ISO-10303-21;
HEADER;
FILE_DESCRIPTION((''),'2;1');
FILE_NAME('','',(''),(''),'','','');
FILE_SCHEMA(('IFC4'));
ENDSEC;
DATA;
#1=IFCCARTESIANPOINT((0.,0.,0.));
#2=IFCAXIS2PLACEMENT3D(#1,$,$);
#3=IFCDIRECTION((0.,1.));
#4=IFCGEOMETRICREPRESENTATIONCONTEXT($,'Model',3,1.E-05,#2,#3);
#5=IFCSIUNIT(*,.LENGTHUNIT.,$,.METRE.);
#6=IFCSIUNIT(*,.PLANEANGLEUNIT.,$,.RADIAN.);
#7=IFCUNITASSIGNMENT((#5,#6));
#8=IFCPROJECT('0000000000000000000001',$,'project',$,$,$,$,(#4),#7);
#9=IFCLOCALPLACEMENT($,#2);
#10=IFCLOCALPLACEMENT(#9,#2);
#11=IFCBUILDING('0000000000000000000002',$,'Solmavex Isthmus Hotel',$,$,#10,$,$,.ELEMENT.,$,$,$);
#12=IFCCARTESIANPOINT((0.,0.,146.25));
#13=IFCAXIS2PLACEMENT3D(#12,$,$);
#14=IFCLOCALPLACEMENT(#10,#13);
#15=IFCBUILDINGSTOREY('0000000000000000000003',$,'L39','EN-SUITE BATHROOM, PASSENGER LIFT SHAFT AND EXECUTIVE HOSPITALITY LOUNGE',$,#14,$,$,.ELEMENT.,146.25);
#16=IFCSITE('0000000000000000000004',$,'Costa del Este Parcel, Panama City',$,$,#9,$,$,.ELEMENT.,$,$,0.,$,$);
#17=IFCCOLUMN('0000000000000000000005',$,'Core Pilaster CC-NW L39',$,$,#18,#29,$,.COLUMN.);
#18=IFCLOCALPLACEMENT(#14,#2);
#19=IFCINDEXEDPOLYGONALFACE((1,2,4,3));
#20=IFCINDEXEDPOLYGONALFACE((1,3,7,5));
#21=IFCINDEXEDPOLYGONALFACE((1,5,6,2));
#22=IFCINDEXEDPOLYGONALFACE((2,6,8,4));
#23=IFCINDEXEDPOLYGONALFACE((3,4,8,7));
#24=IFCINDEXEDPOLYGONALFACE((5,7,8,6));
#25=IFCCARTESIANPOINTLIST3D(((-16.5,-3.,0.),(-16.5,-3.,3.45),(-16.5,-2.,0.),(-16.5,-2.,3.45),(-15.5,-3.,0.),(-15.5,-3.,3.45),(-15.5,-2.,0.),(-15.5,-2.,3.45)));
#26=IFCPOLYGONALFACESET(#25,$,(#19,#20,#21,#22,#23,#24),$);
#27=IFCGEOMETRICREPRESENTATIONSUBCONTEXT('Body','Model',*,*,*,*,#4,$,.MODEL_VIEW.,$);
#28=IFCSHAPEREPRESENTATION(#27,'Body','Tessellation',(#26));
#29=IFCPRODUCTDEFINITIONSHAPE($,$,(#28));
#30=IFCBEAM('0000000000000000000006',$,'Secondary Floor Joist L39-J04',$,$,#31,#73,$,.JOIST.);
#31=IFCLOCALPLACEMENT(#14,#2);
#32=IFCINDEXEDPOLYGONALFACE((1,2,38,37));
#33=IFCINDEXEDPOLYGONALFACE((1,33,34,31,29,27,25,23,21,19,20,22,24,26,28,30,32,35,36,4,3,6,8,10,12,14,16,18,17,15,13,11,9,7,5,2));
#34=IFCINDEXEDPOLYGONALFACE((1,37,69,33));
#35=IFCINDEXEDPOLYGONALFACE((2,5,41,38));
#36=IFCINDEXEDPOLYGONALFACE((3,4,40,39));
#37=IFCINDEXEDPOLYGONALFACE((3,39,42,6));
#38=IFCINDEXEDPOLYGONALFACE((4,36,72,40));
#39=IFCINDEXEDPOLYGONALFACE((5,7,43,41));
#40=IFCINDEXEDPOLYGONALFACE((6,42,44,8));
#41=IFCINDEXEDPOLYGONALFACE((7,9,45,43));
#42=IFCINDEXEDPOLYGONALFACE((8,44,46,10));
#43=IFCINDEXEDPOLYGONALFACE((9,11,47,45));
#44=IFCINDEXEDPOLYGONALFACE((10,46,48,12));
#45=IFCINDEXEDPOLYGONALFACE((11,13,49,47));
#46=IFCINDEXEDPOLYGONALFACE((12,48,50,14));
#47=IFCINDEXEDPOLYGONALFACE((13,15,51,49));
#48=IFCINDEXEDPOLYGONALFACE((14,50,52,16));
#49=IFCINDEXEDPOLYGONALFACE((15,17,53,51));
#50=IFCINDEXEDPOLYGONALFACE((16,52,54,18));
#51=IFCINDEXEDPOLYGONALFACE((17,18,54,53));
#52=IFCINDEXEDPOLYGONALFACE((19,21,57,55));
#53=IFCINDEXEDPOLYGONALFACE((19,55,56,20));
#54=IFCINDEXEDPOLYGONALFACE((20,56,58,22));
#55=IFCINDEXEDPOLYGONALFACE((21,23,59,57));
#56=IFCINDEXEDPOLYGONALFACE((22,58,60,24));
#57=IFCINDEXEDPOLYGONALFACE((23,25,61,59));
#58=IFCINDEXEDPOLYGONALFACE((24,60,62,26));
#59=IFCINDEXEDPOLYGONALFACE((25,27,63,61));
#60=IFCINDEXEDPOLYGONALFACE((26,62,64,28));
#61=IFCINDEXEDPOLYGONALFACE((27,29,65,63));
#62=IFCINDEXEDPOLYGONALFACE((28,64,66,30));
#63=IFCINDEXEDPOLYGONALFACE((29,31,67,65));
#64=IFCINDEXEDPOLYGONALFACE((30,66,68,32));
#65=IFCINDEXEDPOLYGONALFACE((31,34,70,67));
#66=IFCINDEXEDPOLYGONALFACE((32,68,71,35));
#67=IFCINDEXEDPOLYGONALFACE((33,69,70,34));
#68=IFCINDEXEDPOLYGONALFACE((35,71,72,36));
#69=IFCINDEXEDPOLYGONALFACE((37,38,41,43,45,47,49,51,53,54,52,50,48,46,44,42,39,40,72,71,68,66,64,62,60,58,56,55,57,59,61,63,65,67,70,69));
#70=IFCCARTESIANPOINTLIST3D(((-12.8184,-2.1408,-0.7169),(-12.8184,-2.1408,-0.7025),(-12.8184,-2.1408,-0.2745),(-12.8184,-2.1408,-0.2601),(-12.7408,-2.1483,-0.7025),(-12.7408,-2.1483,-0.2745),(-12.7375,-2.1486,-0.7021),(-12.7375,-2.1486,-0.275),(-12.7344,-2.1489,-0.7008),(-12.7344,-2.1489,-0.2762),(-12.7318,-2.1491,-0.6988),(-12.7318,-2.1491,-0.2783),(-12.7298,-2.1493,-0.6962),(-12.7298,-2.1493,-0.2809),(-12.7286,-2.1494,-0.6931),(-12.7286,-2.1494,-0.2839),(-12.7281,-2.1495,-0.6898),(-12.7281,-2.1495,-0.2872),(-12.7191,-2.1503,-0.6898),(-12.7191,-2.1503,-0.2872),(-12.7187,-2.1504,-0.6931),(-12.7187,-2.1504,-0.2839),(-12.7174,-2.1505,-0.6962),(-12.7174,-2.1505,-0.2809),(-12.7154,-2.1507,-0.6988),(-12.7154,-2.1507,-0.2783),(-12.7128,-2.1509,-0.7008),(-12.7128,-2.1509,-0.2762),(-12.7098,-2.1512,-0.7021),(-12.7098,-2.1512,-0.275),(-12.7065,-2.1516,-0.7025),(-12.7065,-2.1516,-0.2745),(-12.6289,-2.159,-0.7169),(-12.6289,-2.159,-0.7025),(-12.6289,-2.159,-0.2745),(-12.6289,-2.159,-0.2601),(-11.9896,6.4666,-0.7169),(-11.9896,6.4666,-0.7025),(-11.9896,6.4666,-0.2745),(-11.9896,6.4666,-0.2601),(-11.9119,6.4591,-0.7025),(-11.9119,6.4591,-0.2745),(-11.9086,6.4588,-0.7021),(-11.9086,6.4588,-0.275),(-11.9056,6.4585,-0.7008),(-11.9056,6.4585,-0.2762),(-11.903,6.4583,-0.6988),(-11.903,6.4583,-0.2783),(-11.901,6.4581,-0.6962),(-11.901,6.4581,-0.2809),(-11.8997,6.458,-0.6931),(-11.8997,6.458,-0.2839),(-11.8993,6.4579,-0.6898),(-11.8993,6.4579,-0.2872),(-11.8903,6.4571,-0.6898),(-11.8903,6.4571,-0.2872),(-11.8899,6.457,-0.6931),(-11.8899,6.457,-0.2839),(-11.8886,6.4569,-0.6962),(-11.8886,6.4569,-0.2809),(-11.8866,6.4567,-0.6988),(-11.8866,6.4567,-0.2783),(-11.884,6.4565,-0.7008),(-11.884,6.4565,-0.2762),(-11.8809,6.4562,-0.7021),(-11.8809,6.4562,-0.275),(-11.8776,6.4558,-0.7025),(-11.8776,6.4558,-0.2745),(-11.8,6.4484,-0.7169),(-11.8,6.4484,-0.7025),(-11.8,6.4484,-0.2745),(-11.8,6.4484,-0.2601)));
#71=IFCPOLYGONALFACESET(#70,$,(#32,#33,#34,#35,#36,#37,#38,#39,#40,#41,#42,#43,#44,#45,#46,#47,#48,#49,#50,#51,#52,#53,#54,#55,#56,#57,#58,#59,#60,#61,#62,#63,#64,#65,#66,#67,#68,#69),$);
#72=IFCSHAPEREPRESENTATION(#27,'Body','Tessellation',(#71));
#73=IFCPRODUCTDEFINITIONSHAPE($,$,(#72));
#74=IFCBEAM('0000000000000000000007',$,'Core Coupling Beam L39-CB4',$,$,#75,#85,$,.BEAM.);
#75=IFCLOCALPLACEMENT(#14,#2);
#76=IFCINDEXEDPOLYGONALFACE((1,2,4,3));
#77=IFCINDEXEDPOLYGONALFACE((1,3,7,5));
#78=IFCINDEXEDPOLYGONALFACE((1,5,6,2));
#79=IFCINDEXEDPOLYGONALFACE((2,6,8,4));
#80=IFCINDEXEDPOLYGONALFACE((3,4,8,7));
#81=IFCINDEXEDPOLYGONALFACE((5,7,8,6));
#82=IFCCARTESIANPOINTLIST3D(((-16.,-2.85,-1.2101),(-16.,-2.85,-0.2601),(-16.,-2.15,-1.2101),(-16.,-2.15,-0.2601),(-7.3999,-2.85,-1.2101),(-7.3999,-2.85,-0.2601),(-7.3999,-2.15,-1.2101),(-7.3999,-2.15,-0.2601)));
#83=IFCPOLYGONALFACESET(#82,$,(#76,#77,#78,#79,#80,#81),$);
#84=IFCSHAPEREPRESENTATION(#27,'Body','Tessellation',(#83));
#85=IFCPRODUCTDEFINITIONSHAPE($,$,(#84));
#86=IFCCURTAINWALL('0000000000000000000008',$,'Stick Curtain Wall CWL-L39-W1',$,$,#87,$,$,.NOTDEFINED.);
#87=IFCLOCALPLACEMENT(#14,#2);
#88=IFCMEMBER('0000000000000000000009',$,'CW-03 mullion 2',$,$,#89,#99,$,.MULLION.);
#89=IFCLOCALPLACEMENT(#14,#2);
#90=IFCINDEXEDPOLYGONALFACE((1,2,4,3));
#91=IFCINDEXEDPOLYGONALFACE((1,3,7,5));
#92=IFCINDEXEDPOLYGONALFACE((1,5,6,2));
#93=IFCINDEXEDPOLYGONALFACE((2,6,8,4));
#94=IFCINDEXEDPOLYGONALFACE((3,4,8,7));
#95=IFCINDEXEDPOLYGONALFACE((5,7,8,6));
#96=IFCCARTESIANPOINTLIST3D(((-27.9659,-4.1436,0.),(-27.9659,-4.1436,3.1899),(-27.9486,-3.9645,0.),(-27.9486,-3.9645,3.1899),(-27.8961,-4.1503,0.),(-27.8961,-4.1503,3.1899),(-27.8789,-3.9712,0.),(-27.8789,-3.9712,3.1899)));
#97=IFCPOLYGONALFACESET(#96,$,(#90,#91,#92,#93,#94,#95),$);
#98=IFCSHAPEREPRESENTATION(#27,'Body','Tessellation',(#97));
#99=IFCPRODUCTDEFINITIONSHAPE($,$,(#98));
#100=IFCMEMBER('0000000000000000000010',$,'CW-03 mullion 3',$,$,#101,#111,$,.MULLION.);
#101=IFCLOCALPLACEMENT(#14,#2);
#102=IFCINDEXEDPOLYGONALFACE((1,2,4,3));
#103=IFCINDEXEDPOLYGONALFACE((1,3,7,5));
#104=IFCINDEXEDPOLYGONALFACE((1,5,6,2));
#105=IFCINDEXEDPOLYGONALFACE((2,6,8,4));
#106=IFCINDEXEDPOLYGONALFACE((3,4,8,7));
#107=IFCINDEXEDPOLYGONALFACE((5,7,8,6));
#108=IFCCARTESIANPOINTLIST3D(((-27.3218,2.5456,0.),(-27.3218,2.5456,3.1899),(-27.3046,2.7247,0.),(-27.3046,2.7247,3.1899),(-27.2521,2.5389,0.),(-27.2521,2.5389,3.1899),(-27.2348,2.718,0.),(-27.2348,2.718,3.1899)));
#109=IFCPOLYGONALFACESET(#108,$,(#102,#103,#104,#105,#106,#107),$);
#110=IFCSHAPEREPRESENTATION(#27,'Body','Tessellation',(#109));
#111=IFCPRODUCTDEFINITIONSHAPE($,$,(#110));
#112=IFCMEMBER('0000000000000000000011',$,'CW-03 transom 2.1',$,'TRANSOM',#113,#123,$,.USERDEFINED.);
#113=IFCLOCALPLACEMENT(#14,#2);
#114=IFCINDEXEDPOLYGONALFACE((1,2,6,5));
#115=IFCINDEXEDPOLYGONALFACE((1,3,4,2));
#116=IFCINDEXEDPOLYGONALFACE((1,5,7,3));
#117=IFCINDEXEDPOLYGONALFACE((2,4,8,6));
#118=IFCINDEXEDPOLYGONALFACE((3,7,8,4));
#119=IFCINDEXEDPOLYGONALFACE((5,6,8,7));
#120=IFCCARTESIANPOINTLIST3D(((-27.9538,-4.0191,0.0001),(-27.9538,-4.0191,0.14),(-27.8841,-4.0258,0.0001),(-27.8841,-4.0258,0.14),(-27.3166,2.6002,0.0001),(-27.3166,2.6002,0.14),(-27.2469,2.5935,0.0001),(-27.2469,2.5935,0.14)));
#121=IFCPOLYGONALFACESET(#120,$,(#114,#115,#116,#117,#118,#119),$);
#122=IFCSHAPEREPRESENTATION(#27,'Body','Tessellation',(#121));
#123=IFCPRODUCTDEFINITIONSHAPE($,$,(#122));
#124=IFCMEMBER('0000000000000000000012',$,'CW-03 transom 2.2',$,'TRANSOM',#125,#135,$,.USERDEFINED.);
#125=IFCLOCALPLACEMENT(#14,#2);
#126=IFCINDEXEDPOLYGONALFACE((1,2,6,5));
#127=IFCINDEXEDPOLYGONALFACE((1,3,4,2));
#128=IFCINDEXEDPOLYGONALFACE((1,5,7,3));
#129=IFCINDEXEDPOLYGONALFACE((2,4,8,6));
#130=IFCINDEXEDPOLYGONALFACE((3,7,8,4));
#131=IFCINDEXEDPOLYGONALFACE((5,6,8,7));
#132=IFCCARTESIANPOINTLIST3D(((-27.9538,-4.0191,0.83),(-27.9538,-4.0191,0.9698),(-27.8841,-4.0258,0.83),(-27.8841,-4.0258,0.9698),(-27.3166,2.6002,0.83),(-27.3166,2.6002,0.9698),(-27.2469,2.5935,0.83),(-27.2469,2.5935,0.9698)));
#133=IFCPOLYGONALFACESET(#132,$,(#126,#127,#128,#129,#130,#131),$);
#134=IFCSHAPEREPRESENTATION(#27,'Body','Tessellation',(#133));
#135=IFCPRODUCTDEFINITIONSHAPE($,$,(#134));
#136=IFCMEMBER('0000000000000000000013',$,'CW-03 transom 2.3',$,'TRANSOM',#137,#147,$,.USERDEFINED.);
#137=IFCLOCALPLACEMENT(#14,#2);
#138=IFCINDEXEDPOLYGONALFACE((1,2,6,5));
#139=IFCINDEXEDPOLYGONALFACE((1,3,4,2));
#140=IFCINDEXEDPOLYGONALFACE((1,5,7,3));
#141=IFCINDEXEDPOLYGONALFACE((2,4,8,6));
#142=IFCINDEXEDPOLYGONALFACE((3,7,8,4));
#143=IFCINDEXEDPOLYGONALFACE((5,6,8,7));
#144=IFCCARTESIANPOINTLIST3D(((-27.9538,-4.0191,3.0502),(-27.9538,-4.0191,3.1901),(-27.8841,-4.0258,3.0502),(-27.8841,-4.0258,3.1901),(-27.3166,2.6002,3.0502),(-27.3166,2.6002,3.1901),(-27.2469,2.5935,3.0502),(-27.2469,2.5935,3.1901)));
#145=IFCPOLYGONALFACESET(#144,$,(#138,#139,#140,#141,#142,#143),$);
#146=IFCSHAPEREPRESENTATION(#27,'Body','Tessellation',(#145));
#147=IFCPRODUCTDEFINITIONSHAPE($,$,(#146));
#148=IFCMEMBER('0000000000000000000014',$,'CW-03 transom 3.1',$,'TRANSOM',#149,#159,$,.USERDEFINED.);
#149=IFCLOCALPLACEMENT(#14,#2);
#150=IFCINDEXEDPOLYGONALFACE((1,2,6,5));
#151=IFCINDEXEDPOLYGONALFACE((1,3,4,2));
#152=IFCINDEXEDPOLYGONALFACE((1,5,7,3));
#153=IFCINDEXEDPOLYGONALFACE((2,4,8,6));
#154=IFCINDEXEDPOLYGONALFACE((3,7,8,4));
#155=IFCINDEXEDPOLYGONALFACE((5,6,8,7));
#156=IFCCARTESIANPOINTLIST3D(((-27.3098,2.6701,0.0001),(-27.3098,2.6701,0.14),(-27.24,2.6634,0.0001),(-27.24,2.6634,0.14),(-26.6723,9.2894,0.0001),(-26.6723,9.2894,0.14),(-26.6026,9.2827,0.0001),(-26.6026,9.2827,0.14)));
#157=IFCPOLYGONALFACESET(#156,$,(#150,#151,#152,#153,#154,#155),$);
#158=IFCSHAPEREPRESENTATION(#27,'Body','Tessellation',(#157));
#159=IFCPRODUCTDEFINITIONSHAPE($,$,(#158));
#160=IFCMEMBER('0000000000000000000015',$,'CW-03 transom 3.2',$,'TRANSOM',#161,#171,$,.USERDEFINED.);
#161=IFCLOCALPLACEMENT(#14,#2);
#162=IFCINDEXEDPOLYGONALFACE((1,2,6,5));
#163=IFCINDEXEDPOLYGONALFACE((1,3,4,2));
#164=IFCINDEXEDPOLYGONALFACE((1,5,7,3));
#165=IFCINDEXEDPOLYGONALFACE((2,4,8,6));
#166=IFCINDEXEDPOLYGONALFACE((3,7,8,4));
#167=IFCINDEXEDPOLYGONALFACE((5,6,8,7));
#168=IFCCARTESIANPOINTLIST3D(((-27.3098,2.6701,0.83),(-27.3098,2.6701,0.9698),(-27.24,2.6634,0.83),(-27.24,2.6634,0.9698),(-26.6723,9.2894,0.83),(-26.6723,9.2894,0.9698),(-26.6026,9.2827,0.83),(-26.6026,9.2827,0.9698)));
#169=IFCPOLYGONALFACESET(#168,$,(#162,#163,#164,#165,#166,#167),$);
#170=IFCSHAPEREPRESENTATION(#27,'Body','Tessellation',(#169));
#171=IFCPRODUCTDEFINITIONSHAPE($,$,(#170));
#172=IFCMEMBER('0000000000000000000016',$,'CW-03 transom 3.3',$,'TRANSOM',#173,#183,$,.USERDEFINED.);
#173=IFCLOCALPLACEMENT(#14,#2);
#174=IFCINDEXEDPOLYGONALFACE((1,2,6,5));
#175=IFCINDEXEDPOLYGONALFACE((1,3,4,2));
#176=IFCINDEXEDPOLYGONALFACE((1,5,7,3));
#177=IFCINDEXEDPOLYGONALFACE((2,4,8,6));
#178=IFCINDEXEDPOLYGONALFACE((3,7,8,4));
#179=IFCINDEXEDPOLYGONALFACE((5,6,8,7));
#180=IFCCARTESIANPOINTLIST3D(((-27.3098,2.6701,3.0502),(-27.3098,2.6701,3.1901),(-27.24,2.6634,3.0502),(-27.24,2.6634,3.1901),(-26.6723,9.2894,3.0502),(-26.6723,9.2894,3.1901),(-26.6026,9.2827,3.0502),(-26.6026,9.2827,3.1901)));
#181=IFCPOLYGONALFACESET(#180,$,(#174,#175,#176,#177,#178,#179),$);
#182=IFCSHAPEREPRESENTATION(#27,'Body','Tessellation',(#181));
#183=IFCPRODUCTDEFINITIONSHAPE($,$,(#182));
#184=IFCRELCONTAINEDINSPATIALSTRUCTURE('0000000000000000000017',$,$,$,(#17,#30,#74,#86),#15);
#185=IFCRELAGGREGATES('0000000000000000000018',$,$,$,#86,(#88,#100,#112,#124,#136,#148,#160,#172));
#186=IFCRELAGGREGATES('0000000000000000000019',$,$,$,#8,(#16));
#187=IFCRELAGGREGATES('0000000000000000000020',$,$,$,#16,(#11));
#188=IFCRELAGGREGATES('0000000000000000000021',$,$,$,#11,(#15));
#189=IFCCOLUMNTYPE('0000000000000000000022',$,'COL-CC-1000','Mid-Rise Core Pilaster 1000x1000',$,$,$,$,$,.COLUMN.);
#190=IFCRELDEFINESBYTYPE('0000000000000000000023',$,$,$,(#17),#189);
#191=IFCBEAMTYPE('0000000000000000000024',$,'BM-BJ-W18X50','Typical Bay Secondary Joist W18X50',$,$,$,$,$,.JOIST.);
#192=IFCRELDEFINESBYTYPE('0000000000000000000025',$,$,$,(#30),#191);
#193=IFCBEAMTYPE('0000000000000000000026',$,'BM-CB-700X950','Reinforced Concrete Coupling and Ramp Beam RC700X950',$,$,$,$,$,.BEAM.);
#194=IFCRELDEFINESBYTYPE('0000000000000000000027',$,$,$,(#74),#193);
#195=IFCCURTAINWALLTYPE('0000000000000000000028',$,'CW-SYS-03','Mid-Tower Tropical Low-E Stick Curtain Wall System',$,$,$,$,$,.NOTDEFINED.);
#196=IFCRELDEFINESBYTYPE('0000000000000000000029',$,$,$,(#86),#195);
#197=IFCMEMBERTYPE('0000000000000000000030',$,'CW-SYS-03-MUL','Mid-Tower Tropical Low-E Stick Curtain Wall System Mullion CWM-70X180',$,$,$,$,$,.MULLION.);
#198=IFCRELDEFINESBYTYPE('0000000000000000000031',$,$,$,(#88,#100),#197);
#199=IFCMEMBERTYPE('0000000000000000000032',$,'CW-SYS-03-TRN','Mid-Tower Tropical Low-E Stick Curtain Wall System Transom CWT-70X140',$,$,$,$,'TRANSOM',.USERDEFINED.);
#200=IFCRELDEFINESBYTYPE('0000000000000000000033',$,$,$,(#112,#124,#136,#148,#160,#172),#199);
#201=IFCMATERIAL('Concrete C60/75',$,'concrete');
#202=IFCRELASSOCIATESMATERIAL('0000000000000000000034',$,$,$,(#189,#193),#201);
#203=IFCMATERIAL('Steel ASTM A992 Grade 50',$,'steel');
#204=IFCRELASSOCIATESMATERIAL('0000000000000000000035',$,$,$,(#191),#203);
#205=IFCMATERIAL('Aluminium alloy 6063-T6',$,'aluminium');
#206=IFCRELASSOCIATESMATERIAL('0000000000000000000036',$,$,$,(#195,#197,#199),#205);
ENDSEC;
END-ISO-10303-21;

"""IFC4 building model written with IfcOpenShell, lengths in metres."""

from ifc_helpers import new_model, si_unit, direction, frame, origin, origin_2d, place, context, subcontext, project, spatial, rectangle, i_section, extrude, material, material_profile, profile_set, type_object, element, aggregate, save


model = new_model("IFC4")

# Units and contexts
model_context = context("Model", 3, precision=1e-05, world=origin(), true_north=direction((0.0, 1.0)))
body_context = subcontext(model_context, "Body", "Model", "MODEL_VIEW")
ifc_project = project(units=[si_unit("LENGTHUNIT", "METRE"), si_unit("PLANEANGLEUNIT", "RADIAN")], contexts=[model_context])

# Site, building, storey
site_placement = place(None, origin())
site = spatial("IfcSite", under=ifc_project, at=site_placement, Name="Costa del Este Parcel, Panama City", CompositionType="ELEMENT", RefElevation=0.0)
building_placement = place(site_placement, origin())
building = spatial("IfcBuilding", under=site, at=building_placement, Name="Solmavex Isthmus Hotel", CompositionType="ELEMENT")
storey_placement = place(building_placement, frame((0.0, 0.0, 146.25)))
storey = spatial("IfcBuildingStorey", under=building, at=storey_placement, Name="L39", Description="EN-SUITE BATHROOM, PASSENGER LIFT SHAFT AND EXECUTIVE HOSPITALITY LOUNGE", CompositionType="ELEMENT", Elevation=146.25)

# Column
ifc_material_1 = material(Name="Concrete C60/75", Category="concrete")
ifc_material_profile_1 = material_profile(ifc_material_1, rectangle(XDim=1.0, YDim=1.0, at=origin_2d()), Name="RC1000X1000")
ifc_profile_set_1 = profile_set([ifc_material_profile_1], Name="Concrete C60/75")
column_type = type_object("IfcColumnType", Name="COL-CC-1000", Description="Mid-Rise Core Pilaster 1000x1000", PredefinedType="COLUMN", material=ifc_profile_set_1)
column_placement = place(storey_placement, frame((-16.0, -2.5, 0.0), z_axis=(0.0, 0.0, 1.0), x_axis=(1.0, 0.0, 0.0)))
element("IfcColumn", 1, at=column_placement, inside=storey, type_object=column_type, Name="Core Pilaster CC-NW L39", PredefinedType="COLUMN", context=body_context, shape_type="SweptSolid", body=[
    extrude(rectangle(XDim=1.0, YDim=1.0, at=origin_2d()), origin(), (0.0, 0.0, 1.0), 3.45),
])

# Beams
ifc_material_2 = material(Name="Steel ASTM A992 Grade 50", Category="steel")
ifc_material_profile_2 = material_profile(ifc_material_2, i_section(OverallWidth=0.1904, OverallDepth=0.4568, WebThickness=0.009, FlangeThickness=0.0144, FilletRadius=0.0127, at=origin_2d()), Name="W18X50")
ifc_profile_set_2 = profile_set([ifc_material_profile_2], Name="Steel ASTM A992 Grade 50")
beam_type_1 = type_object("IfcBeamType", Name="BM-BJ-W18X50", Description="Typical Bay Secondary Joist W18X50", PredefinedType="JOIST", material=ifc_profile_set_2)
beam_1_placement = place(storey_placement, frame((-12.7236, -2.1499, -0.4885), z_axis=(0.095852, 0.995396, 0.0), x_axis=(-0.995396, 0.095852, 0.0)))
element("IfcBeam", 2, at=beam_1_placement, inside=storey, type_object=beam_type_1, Name="Secondary Floor Joist L39-J04", PredefinedType="JOIST", context=body_context, shape_type="SweptSolid", body=[
    extrude(i_section(OverallWidth=0.1904, OverallDepth=0.4568, WebThickness=0.009, FlangeThickness=0.0144, FilletRadius=0.0127, at=origin_2d()), origin(), (0.0, 0.0, 1.0), 8.6472),
])
ifc_material_profile_3 = material_profile(ifc_material_1, rectangle(XDim=0.7, YDim=0.95, at=origin_2d()), Name="RC700X950")
ifc_profile_set_3 = profile_set([ifc_material_profile_3], Name="Concrete C60/75")
beam_type_2 = type_object("IfcBeamType", Name="BM-CB-700X950", Description="Reinforced Concrete Coupling and Ramp Beam RC700X950", PredefinedType="BEAM", material=ifc_profile_set_3)
beam_2_placement = place(storey_placement, frame((-16.0, -2.5, -0.7351), z_axis=(1.0, 0.0, 0.0), x_axis=(0.0, 1.0, 0.0)))
element("IfcBeam", 3, at=beam_2_placement, inside=storey, type_object=beam_type_2, Name="Core Coupling Beam L39-CB4", PredefinedType="BEAM", context=body_context, shape_type="SweptSolid", body=[
    extrude(rectangle(XDim=0.7, YDim=0.95, at=origin_2d()), origin(), (0.0, 0.0, 1.0), 8.6001),
])

# Curtain wall, members
ifc_material_3 = material(Name="Aluminium alloy 6063-T6", Category="aluminium")
curtain_wall_type = type_object("IfcCurtainWallType", Name="CW-SYS-03", Description="Mid-Tower Tropical Low-E Stick Curtain Wall System", PredefinedType="NOTDEFINED", material=ifc_material_3)
curtain_wall_placement = place(storey_placement, origin())
curtain_wall = element("IfcCurtainWall", 4, at=curtain_wall_placement, inside=storey, type_object=curtain_wall_type, Name="Stick Curtain Wall CWL-L39-W1", PredefinedType="NOTDEFINED")
ifc_material_profile_4 = material_profile(ifc_material_3, rectangle(XDim=0.0701, YDim=0.1799, at=origin_2d()), Name="CWM-70X180")
ifc_profile_set_4 = profile_set([ifc_material_profile_4], Name="Aluminium alloy 6063-T6")
member_type_1 = type_object("IfcMemberType", Name="CW-SYS-03-MUL", Description="Mid-Tower Tropical Low-E Stick Curtain Wall System Mullion CWM-70X180", PredefinedType="MULLION", material=ifc_profile_set_4)
member_1_placement = place(storey_placement, frame((-27.9224, -4.0574, 0.0), z_axis=(0.0, 0.0, 1.0), x_axis=(-0.995396, 0.095846, 0.0)))
member_1 = element("IfcMember", 5, at=member_1_placement, type_object=member_type_1, Name="CW-03 mullion 2", PredefinedType="MULLION", context=body_context, shape_type="SweptSolid", body=[
    extrude(rectangle(XDim=0.0701, YDim=0.1799, at=origin_2d()), origin(), (0.0, 0.0, 1.0), 3.1899),
])
member_2_placement = place(storey_placement, frame((-27.2783, 2.6318, 0.0), z_axis=(0.0, 0.0, 1.0), x_axis=(-0.995396, 0.095846, 0.0)))
member_2 = element("IfcMember", 6, at=member_2_placement, type_object=member_type_1, Name="CW-03 mullion 3", PredefinedType="MULLION", context=body_context, shape_type="SweptSolid", body=[
    extrude(rectangle(XDim=0.0701, YDim=0.1799, at=origin_2d()), origin(), (0.0, 0.0, 1.0), 3.1899),
])
ifc_material_profile_5 = material_profile(ifc_material_3, rectangle(XDim=0.0701, YDim=0.1399, at=origin_2d()), Name="CWT-70X140")
ifc_profile_set_5 = profile_set([ifc_material_profile_5], Name="Aluminium alloy 6063-T6")
member_type_2 = type_object("IfcMemberType", Name="CW-SYS-03-TRN", Description="Mid-Tower Tropical Low-E Stick Curtain Wall System Transom CWT-70X140", ElementType="TRANSOM", PredefinedType="USERDEFINED", material=ifc_profile_set_5)
member_3_placement = place(storey_placement, frame((-27.9189, -4.0225, 0.0701), z_axis=(0.095821, 0.995399, 0.0), x_axis=(-0.995399, 0.095821, 0.0)))
member_3 = element("IfcMember", 7, at=member_3_placement, type_object=member_type_2, Name="CW-03 transom 2.1", ObjectType="TRANSOM", PredefinedType="USERDEFINED", context=body_context, shape_type="SweptSolid", body=[
    extrude(rectangle(XDim=0.0701, YDim=0.1399, at=origin_2d()), origin(), (0.0, 0.0, 1.0), 6.6499),
])
member_4_placement = place(storey_placement, frame((-27.9189, -4.0225, 0.8999), z_axis=(0.095821, 0.995399, 0.0), x_axis=(-0.995399, 0.095821, 0.0)))
member_4 = element("IfcMember", 8, at=member_4_placement, type_object=member_type_2, Name="CW-03 transom 2.2", ObjectType="TRANSOM", PredefinedType="USERDEFINED", context=body_context, shape_type="SweptSolid", body=[
    extrude(rectangle(XDim=0.0701, YDim=0.1399, at=origin_2d()), origin(), (0.0, 0.0, 1.0), 6.6499),
])
member_5_placement = place(storey_placement, frame((-27.9189, -4.0225, 3.1201), z_axis=(0.095821, 0.995399, 0.0), x_axis=(-0.995399, 0.095821, 0.0)))
member_5 = element("IfcMember", 9, at=member_5_placement, type_object=member_type_2, Name="CW-03 transom 2.3", ObjectType="TRANSOM", PredefinedType="USERDEFINED", context=body_context, shape_type="SweptSolid", body=[
    extrude(rectangle(XDim=0.0701, YDim=0.1399, at=origin_2d()), origin(), (0.0, 0.0, 1.0), 6.6499),
])
member_6_placement = place(storey_placement, frame((-27.2749, 2.6667, 0.0701), z_axis=(0.095857, 0.995395, 0.0), x_axis=(-0.995395, 0.095857, 0.0)))
member_6 = element("IfcMember", 10, at=member_6_placement, type_object=member_type_2, Name="CW-03 transom 3.1", ObjectType="TRANSOM", PredefinedType="USERDEFINED", context=body_context, shape_type="SweptSolid", body=[
    extrude(rectangle(XDim=0.0701, YDim=0.1399, at=origin_2d()), origin(), (0.0, 0.0, 1.0), 6.6499),
])
member_7_placement = place(storey_placement, frame((-27.2749, 2.6667, 0.8999), z_axis=(0.095857, 0.995395, 0.0), x_axis=(-0.995395, 0.095857, 0.0)))
member_7 = element("IfcMember", 11, at=member_7_placement, type_object=member_type_2, Name="CW-03 transom 3.2", ObjectType="TRANSOM", PredefinedType="USERDEFINED", context=body_context, shape_type="SweptSolid", body=[
    extrude(rectangle(XDim=0.0701, YDim=0.1399, at=origin_2d()), origin(), (0.0, 0.0, 1.0), 6.6499),
])
member_8_placement = place(storey_placement, frame((-27.2749, 2.6667, 3.1201), z_axis=(0.095857, 0.995395, 0.0), x_axis=(-0.995395, 0.095857, 0.0)))
member_8 = element("IfcMember", 12, at=member_8_placement, type_object=member_type_2, Name="CW-03 transom 3.3", ObjectType="TRANSOM", PredefinedType="USERDEFINED", context=body_context, shape_type="SweptSolid", body=[
    extrude(rectangle(XDim=0.0701, YDim=0.1399, at=origin_2d()), origin(), (0.0, 0.0, 1.0), 6.6499),
])
aggregate(curtain_wall, [member_1, member_2, member_3, member_4, member_5, member_6, member_7, member_8])

save(model, "model.ifc")
